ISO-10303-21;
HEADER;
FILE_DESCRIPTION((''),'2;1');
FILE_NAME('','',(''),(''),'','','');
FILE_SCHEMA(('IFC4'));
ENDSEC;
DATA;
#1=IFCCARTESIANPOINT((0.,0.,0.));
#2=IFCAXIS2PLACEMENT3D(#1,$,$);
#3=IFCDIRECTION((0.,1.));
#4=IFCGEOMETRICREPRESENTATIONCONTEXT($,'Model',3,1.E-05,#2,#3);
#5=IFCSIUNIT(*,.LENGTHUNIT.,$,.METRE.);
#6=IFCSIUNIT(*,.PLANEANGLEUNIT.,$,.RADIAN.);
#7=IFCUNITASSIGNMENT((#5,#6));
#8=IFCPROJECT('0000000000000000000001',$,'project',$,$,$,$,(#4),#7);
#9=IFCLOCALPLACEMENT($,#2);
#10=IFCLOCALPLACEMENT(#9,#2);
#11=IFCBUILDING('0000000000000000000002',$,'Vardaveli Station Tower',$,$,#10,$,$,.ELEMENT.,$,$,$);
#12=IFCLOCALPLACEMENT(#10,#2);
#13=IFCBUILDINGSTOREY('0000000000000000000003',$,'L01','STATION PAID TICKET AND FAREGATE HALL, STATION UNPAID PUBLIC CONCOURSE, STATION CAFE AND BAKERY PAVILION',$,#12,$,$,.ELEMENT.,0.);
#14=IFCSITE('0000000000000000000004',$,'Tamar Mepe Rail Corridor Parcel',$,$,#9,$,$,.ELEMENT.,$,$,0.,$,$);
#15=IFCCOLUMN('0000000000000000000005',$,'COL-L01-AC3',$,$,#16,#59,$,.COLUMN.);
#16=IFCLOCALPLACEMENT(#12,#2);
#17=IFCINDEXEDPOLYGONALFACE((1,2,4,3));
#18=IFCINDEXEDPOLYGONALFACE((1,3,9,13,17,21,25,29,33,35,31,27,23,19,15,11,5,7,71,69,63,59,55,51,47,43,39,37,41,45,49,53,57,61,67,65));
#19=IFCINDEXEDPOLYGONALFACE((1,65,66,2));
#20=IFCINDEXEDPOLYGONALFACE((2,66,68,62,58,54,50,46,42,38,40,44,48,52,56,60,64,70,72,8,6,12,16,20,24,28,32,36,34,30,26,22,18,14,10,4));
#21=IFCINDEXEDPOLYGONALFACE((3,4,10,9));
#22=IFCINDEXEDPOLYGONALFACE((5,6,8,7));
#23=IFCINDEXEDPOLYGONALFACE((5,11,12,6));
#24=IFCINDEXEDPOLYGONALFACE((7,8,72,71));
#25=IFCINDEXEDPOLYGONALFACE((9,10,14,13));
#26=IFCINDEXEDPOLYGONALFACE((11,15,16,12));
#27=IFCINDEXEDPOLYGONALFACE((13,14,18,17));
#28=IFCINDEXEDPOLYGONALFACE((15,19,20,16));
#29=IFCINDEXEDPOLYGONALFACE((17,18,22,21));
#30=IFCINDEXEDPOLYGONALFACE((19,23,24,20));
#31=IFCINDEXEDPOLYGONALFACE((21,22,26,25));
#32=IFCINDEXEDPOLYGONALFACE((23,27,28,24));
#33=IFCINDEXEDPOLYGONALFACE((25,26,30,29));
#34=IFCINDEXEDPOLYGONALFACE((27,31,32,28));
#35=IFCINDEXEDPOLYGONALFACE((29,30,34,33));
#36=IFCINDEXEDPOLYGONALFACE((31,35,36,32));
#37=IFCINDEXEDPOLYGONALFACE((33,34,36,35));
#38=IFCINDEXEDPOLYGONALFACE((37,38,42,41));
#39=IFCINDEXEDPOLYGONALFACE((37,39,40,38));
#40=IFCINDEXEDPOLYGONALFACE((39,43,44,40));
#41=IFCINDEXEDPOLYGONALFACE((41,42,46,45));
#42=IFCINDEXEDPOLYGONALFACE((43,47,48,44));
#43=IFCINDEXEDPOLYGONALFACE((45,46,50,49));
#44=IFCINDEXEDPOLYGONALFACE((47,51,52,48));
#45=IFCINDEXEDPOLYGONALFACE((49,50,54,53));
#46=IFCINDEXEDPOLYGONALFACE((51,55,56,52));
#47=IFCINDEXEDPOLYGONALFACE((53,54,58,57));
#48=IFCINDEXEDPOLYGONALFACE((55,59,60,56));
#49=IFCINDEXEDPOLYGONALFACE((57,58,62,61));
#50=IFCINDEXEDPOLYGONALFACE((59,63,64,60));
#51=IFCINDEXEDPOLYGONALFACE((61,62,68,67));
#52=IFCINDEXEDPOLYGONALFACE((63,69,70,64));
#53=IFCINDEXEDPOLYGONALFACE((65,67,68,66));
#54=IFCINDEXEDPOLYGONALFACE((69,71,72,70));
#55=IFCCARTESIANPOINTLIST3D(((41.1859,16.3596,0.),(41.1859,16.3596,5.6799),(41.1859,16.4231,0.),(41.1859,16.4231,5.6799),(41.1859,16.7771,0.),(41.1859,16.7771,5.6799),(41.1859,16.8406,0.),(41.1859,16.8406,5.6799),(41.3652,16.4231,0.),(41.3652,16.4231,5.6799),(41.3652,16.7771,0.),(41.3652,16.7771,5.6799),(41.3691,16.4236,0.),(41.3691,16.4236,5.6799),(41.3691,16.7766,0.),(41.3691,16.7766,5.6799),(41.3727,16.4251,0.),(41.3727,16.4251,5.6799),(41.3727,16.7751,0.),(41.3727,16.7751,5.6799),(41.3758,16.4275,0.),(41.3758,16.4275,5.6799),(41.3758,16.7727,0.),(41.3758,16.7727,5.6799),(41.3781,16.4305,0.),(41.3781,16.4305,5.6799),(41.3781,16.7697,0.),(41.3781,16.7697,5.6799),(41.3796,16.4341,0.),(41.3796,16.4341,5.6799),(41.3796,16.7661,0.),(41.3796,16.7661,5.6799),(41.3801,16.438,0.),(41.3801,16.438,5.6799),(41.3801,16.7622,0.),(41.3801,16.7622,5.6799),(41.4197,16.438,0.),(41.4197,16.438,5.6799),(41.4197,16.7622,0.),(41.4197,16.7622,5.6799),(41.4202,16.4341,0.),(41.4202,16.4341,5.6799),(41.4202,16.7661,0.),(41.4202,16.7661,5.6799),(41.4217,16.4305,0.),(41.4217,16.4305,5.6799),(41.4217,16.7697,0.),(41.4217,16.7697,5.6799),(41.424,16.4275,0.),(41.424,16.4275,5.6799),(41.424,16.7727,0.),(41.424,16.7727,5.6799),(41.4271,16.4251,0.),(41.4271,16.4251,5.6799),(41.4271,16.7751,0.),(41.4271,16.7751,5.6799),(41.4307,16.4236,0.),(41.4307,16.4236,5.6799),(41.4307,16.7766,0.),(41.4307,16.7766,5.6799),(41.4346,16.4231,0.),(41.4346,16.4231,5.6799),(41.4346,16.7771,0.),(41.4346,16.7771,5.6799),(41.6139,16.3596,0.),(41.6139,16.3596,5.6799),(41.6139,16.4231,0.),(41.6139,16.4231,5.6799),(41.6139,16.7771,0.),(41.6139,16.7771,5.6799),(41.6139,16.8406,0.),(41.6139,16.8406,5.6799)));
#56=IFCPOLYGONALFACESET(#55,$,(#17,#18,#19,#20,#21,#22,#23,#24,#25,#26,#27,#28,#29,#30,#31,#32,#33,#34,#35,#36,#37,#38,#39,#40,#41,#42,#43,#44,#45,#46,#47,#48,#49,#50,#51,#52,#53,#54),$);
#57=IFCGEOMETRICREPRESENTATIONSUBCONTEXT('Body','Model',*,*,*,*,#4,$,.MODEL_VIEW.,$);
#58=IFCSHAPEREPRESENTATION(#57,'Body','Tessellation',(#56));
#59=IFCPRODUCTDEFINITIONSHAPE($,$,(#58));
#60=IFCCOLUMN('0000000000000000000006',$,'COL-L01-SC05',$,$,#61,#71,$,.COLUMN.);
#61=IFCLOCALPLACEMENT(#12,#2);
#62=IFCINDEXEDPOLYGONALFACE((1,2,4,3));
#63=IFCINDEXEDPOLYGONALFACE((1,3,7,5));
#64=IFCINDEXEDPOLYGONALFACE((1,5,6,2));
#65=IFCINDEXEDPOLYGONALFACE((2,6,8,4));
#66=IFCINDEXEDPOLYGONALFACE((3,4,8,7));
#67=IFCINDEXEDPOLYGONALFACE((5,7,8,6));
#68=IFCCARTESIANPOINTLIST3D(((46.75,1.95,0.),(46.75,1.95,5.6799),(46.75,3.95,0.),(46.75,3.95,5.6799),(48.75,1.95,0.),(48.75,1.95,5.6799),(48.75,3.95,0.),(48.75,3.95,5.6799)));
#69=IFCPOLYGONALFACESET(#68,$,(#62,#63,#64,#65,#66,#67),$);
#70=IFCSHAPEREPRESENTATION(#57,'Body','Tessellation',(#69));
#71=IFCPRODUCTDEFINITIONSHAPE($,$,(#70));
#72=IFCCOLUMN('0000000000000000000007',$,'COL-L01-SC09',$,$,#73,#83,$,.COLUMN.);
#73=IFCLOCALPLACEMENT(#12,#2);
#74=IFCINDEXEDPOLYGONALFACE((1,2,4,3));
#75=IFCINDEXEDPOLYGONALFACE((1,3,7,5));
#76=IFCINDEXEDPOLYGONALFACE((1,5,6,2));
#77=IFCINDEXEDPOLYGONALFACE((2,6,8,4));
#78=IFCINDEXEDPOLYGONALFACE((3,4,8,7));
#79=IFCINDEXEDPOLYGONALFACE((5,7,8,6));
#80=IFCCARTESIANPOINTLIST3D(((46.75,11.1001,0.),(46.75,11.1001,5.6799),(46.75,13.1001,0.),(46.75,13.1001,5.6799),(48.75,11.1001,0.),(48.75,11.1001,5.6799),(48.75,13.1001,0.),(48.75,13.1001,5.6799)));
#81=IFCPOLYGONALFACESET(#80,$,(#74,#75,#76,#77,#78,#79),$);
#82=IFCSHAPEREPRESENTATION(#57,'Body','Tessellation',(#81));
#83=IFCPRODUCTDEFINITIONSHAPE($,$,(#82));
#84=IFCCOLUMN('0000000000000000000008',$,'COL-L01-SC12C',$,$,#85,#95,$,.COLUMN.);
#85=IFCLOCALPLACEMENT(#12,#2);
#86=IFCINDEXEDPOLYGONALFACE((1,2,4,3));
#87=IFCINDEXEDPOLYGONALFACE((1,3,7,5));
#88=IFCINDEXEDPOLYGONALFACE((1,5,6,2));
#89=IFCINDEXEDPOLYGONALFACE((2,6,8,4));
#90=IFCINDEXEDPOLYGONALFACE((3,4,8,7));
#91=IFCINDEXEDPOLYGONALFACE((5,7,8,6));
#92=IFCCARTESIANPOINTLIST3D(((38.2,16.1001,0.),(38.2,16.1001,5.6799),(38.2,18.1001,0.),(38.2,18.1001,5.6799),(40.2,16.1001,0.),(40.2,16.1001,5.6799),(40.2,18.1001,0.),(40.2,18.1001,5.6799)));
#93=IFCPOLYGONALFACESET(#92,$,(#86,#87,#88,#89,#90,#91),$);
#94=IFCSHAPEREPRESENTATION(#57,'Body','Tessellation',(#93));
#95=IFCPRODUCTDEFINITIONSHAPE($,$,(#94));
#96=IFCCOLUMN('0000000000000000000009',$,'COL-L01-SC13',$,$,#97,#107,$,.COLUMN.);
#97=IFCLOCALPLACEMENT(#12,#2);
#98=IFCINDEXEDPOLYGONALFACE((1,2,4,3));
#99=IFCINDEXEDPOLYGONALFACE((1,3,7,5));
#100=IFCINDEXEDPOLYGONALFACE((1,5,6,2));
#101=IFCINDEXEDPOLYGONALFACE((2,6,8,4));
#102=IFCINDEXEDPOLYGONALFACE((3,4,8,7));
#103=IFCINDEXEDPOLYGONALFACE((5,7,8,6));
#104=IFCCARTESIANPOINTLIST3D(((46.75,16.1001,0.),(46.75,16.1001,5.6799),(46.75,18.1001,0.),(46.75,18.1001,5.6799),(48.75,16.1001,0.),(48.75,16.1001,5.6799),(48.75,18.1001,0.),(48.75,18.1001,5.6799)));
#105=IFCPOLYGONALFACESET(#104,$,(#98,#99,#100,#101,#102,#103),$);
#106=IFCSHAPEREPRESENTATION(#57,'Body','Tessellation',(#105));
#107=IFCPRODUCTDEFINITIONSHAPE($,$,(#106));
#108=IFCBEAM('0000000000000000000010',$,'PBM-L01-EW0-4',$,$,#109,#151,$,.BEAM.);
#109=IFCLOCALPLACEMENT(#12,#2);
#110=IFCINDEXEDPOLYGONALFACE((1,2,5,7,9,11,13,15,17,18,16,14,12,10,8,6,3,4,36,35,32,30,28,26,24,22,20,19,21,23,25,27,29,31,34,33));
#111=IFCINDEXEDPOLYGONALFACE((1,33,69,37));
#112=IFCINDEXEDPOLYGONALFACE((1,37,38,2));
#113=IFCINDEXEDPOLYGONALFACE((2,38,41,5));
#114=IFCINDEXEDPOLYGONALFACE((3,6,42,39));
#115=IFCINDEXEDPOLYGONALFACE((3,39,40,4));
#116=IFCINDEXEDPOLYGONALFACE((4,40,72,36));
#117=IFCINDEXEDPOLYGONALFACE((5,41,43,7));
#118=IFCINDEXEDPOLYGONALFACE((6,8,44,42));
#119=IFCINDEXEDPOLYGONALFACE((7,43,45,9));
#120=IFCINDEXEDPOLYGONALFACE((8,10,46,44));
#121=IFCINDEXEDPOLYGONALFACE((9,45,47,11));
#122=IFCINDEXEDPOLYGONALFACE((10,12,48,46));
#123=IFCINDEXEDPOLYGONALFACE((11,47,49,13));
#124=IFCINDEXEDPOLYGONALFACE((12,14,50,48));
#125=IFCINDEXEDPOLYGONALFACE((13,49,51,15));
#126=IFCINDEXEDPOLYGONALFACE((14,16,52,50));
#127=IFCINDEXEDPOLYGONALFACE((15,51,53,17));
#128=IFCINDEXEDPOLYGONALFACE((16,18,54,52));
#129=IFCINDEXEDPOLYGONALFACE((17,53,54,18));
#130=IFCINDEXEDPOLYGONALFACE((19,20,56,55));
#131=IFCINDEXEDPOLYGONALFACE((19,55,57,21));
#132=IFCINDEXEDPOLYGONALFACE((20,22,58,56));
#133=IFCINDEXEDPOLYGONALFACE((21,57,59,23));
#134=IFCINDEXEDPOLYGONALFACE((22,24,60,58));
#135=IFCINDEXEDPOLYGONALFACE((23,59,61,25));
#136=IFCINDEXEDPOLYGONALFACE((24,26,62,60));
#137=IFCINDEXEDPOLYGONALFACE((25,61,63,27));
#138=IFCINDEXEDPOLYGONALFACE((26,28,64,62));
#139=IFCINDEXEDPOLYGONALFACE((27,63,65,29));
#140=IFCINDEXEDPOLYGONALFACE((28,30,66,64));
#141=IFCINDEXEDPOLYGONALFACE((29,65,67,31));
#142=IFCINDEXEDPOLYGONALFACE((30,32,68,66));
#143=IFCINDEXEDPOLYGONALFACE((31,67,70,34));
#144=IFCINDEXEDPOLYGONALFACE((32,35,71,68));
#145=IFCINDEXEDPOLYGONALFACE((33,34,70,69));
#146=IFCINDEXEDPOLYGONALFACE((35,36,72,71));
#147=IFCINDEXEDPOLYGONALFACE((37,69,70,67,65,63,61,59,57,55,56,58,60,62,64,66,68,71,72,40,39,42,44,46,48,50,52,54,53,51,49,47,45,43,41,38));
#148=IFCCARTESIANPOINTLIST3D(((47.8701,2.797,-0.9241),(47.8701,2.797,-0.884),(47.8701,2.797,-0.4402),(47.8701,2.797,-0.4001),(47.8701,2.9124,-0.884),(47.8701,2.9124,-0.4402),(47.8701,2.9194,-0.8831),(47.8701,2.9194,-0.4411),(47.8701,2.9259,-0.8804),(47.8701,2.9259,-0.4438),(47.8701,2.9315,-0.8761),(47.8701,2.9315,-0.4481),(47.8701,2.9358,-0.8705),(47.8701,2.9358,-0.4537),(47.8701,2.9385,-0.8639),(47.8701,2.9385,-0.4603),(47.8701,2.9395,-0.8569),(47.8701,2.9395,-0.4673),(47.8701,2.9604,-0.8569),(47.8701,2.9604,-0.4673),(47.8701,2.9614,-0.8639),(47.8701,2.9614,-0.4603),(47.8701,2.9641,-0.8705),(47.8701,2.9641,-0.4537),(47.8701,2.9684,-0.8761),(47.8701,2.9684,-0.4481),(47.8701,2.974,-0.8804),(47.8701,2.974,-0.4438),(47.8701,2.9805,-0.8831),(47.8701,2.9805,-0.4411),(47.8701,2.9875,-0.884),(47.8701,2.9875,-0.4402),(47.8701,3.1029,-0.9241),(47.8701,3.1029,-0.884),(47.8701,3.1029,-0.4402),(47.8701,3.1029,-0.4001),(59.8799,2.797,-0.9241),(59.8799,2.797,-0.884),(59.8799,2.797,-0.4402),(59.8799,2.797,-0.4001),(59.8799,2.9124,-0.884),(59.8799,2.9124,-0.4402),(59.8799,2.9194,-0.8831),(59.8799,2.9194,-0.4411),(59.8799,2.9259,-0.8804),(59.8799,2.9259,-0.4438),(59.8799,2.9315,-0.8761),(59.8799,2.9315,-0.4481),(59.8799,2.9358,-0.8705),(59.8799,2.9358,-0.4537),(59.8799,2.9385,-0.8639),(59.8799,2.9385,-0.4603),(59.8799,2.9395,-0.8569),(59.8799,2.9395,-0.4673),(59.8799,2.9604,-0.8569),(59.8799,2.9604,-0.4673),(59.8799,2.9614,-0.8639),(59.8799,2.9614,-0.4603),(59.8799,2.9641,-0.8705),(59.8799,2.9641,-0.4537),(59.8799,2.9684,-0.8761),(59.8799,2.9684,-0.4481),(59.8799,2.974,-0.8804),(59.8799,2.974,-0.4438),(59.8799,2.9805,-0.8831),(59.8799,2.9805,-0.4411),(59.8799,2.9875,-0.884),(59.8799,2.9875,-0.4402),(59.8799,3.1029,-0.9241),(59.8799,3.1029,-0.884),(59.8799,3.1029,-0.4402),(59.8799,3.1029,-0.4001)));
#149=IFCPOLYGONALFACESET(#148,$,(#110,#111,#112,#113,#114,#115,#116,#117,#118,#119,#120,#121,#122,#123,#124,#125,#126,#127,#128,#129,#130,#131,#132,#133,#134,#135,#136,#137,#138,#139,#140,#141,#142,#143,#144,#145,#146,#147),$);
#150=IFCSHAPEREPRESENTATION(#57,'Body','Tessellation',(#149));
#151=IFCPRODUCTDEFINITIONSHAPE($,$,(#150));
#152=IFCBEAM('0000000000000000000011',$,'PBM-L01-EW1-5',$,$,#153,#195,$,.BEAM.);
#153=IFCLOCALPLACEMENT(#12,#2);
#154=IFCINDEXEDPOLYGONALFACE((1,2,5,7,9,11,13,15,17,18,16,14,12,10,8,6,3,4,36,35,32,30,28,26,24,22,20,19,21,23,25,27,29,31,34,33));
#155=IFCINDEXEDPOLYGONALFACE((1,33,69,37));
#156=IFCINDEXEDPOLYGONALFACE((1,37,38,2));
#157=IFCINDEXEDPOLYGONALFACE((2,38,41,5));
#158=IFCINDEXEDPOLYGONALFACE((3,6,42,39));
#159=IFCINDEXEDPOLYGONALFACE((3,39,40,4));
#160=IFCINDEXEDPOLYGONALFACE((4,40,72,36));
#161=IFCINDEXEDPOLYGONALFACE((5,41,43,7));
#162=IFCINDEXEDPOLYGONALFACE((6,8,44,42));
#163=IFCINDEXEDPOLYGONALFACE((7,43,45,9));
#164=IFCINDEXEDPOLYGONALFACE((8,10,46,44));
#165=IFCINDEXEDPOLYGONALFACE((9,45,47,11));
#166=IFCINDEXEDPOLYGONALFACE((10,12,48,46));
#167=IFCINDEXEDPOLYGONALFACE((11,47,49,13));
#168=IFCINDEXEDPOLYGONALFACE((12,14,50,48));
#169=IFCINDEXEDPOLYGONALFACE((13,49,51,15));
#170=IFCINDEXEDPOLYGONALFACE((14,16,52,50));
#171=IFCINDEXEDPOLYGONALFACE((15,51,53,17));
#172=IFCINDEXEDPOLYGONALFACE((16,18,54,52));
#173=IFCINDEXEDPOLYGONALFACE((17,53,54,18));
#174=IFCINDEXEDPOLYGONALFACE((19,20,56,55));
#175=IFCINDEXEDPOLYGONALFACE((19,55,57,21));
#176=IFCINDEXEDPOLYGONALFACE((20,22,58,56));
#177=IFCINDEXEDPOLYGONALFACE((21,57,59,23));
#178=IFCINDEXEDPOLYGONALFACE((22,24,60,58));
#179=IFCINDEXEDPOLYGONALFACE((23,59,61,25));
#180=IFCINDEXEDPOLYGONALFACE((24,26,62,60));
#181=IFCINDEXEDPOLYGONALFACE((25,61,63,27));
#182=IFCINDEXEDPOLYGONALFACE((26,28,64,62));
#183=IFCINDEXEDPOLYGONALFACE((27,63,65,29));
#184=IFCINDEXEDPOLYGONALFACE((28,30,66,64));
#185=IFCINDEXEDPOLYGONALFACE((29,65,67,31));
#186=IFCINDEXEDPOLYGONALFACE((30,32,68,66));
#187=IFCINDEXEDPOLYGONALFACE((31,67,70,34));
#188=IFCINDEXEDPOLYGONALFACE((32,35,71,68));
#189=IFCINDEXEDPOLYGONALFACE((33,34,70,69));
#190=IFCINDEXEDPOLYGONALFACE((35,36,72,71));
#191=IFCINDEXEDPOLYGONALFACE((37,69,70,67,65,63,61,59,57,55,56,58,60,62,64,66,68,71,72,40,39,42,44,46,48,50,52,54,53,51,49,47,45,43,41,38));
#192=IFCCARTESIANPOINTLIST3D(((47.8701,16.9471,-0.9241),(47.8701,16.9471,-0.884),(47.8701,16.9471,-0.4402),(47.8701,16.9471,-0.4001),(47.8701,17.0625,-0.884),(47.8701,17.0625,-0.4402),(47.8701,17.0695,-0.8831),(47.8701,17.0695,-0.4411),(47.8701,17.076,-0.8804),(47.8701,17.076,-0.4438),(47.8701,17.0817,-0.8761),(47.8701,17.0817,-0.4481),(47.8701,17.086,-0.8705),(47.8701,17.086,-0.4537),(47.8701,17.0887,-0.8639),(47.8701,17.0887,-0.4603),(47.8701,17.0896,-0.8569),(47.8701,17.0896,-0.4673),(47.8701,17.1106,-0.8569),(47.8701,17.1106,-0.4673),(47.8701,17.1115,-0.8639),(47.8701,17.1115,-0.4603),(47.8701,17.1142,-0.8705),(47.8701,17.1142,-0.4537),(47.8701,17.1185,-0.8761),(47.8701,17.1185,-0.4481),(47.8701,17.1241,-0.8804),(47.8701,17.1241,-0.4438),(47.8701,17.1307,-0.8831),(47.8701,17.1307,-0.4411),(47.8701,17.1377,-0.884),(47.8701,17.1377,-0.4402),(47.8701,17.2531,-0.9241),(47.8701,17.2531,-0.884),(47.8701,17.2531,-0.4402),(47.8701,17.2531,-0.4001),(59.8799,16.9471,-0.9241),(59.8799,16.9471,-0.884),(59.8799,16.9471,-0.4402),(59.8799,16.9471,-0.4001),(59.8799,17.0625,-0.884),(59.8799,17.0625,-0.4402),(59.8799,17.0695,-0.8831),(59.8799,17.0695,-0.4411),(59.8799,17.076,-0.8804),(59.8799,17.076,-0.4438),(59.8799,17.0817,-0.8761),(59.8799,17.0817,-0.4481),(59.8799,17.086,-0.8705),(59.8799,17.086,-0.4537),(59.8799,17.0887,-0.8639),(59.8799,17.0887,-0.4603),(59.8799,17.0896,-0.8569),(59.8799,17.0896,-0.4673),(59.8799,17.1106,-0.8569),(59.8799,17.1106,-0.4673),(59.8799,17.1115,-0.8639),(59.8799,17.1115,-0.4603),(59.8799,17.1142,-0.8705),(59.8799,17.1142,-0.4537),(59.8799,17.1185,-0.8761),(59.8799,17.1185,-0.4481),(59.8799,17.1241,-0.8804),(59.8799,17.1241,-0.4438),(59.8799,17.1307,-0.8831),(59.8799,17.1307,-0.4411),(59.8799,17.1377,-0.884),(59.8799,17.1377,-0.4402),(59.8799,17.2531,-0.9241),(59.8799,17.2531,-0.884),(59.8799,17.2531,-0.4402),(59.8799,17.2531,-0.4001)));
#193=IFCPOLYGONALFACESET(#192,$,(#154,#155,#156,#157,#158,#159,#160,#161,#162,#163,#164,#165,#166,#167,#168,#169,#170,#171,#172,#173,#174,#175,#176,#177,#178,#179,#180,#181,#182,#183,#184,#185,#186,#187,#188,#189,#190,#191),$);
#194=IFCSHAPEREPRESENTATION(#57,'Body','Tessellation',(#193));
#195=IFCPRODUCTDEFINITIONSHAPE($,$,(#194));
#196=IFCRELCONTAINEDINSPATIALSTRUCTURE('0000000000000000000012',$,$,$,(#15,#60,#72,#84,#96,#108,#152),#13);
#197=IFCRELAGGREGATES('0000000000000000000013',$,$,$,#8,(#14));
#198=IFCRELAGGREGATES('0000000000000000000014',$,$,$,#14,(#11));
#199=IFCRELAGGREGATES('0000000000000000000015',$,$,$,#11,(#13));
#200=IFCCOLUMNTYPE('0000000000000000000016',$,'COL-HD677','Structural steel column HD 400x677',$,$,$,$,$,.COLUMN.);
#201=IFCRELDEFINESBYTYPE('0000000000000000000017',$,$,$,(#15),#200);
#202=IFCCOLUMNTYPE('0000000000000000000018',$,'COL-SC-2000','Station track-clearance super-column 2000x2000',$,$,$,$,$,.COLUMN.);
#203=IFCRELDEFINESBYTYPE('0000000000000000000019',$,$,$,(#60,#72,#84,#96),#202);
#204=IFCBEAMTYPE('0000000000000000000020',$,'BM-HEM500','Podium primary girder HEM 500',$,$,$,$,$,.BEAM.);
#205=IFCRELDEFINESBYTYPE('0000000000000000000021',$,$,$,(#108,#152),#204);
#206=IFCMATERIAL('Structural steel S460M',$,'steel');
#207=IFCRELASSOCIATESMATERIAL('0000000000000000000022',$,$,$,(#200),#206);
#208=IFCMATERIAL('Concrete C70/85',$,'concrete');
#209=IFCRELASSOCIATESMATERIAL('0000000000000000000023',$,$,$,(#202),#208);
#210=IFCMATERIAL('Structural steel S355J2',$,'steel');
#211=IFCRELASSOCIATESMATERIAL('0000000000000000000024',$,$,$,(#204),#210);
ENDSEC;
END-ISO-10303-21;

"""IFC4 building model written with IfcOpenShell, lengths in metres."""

from ifc_helpers import new_model, si_unit, direction, frame, origin, origin_2d, place, context, subcontext, project, spatial, rectangle, i_section, extrude, source, transform, mapped, material, material_profile, profile_set, type_object, element, save


model = new_model("IFC4")

# Units and contexts
model_context = context("Model", 3, precision=1e-05, world=origin(), true_north=direction((0.0, 1.0)))
body_context = subcontext(model_context, "Body", "Model", "MODEL_VIEW")
ifc_project = project(units=[si_unit("LENGTHUNIT", "METRE"), si_unit("PLANEANGLEUNIT", "RADIAN")], contexts=[model_context])

# Site, building, storey
site_placement = place(None, origin())
site = spatial("IfcSite", under=ifc_project, at=site_placement, Name="Tamar Mepe Rail Corridor Parcel", CompositionType="ELEMENT", RefElevation=0.0)
building_placement = place(site_placement, origin())
building = spatial("IfcBuilding", under=site, at=building_placement, Name="Vardaveli Station Tower", CompositionType="ELEMENT")
storey_placement = place(building_placement, origin())
storey = spatial("IfcBuildingStorey", under=building, at=storey_placement, Name="L01", Description="STATION PAID TICKET AND FAREGATE HALL, STATION UNPAID PUBLIC CONCOURSE, STATION CAFE AND BAKERY PAVILION", CompositionType="ELEMENT", Elevation=0.0)

# Columns
ifc_material_1 = material(Name="Structural steel S460M", Category="steel")
ifc_material_profile_1 = material_profile(ifc_material_1, i_section(OverallWidth=0.428, OverallDepth=0.481, WebThickness=0.0396, FlangeThickness=0.0635, FilletRadius=0.0149, at=origin_2d()), Name="HD 400x677")
ifc_profile_set_1 = profile_set([ifc_material_profile_1], Name="Structural steel S460M")
column_type_1 = type_object("IfcColumnType", Name="COL-HD677", Description="Structural steel column HD 400x677", PredefinedType="COLUMN", material=ifc_profile_set_1)
shared_shape_1 = source(origin(), body_context, "Body", "SweptSolid", [
    extrude(i_section(OverallWidth=0.428, OverallDepth=0.481, WebThickness=0.0396, FlangeThickness=0.0635, FilletRadius=0.0149, at=origin_2d()), origin(), (0.0, 0.0, 1.0), 5.6799),
])
column_placement = place(storey_placement, frame((41.3999, 16.6001, 0.0), z_axis=(0.0, 0.0, 1.0), x_axis=(1.0, 0.0, 0.0)))
element("IfcColumn", 1, at=column_placement, inside=storey, type_object=column_type_1, Name="COL-L01-AC3", PredefinedType="COLUMN", context=body_context, shape_type="MappedRepresentation", body=[
    mapped(shared_shape_1, transform((0.0, 0.0, 0.0), scale=1.0)),
])
ifc_material_2 = material(Name="Concrete C70/85", Category="concrete")
ifc_material_profile_2 = material_profile(ifc_material_2, rectangle(XDim=2.0, YDim=2.0, at=origin_2d()), Name="SC 2000x2000")
ifc_profile_set_2 = profile_set([ifc_material_profile_2], Name="Concrete C70/85")
column_type_2 = type_object("IfcColumnType", Name="COL-SC-2000", Description="Station track-clearance super-column 2000x2000", PredefinedType="COLUMN", material=ifc_profile_set_2)
shared_shape_2 = source(origin(), body_context, "Body", "SweptSolid", [
    extrude(rectangle(XDim=2.0, YDim=2.0, at=origin_2d()), origin(), (0.0, 0.0, 1.0), 5.6799),
])
for number, where, z_axis, x_axis, name in (
    (2, (47.75, 2.95, 0.0), (0.0, 0.0, 1.0), (1.0, 0.0, 0.0), "COL-L01-SC05"),
    (3, (47.75, 12.1001, 0.0), (0.0, 0.0, 1.0), (1.0, 0.0, 0.0), "COL-L01-SC09"),
    (4, (39.2, 17.1001, 0.0), (0.0, 0.0, 1.0), (1.0, 0.0, 0.0), "COL-L01-SC12C"),
    (5, (47.75, 17.1001, 0.0), (0.0, 0.0, 1.0), (1.0, 0.0, 0.0), "COL-L01-SC13"),
):
    element("IfcColumn", number, at=place(storey_placement, frame(where, z_axis=z_axis, x_axis=x_axis)), inside=storey, type_object=column_type_2, Name=name, PredefinedType="COLUMN", context=body_context, shape_type="MappedRepresentation", body=[
        mapped(shared_shape_2, transform((0.0, 0.0, 0.0), scale=1.0)),
    ])

# Beams
ifc_material_3 = material(Name="Structural steel S355J2", Category="steel")
ifc_material_profile_3 = material_profile(ifc_material_3, i_section(OverallWidth=0.3059, OverallDepth=0.5239, WebThickness=0.021, FlangeThickness=0.04, FilletRadius=0.0271, at=origin_2d()), Name="HEM 500")
ifc_profile_set_3 = profile_set([ifc_material_profile_3], Name="Structural steel S355J2")
beam_type_1 = type_object("IfcBeamType", Name="BM-HEM500", Description="Podium primary girder HEM 500", PredefinedType="BEAM", material=ifc_profile_set_3)
shared_shape_3 = source(origin(), body_context, "Body", "SweptSolid", [
    extrude(i_section(OverallWidth=0.3059, OverallDepth=0.5239, WebThickness=0.021, FlangeThickness=0.04, FilletRadius=0.0271, at=origin_2d()), origin(), (0.0, 0.0, 1.0), 12.0098),
])
for number, where, z_axis, x_axis, name in (
    (6, (47.8701, 2.95, -0.6621), (1.0, 0.0, 0.0), (0.0, 1.0, 0.0), "PBM-L01-EW0-4"),
    (7, (47.8701, 17.1001, -0.6621), (1.0, 0.0, 0.0), (0.0, 1.0, 0.0), "PBM-L01-EW1-5"),
):
    element("IfcBeam", number, at=place(storey_placement, frame(where, z_axis=z_axis, x_axis=x_axis)), inside=storey, type_object=beam_type_1, Name=name, PredefinedType="BEAM", context=body_context, shape_type="MappedRepresentation", body=[
        mapped(shared_shape_3, transform((0.0, 0.0, 0.0), scale=1.0)),
    ])

save(model, "model.ifc")
